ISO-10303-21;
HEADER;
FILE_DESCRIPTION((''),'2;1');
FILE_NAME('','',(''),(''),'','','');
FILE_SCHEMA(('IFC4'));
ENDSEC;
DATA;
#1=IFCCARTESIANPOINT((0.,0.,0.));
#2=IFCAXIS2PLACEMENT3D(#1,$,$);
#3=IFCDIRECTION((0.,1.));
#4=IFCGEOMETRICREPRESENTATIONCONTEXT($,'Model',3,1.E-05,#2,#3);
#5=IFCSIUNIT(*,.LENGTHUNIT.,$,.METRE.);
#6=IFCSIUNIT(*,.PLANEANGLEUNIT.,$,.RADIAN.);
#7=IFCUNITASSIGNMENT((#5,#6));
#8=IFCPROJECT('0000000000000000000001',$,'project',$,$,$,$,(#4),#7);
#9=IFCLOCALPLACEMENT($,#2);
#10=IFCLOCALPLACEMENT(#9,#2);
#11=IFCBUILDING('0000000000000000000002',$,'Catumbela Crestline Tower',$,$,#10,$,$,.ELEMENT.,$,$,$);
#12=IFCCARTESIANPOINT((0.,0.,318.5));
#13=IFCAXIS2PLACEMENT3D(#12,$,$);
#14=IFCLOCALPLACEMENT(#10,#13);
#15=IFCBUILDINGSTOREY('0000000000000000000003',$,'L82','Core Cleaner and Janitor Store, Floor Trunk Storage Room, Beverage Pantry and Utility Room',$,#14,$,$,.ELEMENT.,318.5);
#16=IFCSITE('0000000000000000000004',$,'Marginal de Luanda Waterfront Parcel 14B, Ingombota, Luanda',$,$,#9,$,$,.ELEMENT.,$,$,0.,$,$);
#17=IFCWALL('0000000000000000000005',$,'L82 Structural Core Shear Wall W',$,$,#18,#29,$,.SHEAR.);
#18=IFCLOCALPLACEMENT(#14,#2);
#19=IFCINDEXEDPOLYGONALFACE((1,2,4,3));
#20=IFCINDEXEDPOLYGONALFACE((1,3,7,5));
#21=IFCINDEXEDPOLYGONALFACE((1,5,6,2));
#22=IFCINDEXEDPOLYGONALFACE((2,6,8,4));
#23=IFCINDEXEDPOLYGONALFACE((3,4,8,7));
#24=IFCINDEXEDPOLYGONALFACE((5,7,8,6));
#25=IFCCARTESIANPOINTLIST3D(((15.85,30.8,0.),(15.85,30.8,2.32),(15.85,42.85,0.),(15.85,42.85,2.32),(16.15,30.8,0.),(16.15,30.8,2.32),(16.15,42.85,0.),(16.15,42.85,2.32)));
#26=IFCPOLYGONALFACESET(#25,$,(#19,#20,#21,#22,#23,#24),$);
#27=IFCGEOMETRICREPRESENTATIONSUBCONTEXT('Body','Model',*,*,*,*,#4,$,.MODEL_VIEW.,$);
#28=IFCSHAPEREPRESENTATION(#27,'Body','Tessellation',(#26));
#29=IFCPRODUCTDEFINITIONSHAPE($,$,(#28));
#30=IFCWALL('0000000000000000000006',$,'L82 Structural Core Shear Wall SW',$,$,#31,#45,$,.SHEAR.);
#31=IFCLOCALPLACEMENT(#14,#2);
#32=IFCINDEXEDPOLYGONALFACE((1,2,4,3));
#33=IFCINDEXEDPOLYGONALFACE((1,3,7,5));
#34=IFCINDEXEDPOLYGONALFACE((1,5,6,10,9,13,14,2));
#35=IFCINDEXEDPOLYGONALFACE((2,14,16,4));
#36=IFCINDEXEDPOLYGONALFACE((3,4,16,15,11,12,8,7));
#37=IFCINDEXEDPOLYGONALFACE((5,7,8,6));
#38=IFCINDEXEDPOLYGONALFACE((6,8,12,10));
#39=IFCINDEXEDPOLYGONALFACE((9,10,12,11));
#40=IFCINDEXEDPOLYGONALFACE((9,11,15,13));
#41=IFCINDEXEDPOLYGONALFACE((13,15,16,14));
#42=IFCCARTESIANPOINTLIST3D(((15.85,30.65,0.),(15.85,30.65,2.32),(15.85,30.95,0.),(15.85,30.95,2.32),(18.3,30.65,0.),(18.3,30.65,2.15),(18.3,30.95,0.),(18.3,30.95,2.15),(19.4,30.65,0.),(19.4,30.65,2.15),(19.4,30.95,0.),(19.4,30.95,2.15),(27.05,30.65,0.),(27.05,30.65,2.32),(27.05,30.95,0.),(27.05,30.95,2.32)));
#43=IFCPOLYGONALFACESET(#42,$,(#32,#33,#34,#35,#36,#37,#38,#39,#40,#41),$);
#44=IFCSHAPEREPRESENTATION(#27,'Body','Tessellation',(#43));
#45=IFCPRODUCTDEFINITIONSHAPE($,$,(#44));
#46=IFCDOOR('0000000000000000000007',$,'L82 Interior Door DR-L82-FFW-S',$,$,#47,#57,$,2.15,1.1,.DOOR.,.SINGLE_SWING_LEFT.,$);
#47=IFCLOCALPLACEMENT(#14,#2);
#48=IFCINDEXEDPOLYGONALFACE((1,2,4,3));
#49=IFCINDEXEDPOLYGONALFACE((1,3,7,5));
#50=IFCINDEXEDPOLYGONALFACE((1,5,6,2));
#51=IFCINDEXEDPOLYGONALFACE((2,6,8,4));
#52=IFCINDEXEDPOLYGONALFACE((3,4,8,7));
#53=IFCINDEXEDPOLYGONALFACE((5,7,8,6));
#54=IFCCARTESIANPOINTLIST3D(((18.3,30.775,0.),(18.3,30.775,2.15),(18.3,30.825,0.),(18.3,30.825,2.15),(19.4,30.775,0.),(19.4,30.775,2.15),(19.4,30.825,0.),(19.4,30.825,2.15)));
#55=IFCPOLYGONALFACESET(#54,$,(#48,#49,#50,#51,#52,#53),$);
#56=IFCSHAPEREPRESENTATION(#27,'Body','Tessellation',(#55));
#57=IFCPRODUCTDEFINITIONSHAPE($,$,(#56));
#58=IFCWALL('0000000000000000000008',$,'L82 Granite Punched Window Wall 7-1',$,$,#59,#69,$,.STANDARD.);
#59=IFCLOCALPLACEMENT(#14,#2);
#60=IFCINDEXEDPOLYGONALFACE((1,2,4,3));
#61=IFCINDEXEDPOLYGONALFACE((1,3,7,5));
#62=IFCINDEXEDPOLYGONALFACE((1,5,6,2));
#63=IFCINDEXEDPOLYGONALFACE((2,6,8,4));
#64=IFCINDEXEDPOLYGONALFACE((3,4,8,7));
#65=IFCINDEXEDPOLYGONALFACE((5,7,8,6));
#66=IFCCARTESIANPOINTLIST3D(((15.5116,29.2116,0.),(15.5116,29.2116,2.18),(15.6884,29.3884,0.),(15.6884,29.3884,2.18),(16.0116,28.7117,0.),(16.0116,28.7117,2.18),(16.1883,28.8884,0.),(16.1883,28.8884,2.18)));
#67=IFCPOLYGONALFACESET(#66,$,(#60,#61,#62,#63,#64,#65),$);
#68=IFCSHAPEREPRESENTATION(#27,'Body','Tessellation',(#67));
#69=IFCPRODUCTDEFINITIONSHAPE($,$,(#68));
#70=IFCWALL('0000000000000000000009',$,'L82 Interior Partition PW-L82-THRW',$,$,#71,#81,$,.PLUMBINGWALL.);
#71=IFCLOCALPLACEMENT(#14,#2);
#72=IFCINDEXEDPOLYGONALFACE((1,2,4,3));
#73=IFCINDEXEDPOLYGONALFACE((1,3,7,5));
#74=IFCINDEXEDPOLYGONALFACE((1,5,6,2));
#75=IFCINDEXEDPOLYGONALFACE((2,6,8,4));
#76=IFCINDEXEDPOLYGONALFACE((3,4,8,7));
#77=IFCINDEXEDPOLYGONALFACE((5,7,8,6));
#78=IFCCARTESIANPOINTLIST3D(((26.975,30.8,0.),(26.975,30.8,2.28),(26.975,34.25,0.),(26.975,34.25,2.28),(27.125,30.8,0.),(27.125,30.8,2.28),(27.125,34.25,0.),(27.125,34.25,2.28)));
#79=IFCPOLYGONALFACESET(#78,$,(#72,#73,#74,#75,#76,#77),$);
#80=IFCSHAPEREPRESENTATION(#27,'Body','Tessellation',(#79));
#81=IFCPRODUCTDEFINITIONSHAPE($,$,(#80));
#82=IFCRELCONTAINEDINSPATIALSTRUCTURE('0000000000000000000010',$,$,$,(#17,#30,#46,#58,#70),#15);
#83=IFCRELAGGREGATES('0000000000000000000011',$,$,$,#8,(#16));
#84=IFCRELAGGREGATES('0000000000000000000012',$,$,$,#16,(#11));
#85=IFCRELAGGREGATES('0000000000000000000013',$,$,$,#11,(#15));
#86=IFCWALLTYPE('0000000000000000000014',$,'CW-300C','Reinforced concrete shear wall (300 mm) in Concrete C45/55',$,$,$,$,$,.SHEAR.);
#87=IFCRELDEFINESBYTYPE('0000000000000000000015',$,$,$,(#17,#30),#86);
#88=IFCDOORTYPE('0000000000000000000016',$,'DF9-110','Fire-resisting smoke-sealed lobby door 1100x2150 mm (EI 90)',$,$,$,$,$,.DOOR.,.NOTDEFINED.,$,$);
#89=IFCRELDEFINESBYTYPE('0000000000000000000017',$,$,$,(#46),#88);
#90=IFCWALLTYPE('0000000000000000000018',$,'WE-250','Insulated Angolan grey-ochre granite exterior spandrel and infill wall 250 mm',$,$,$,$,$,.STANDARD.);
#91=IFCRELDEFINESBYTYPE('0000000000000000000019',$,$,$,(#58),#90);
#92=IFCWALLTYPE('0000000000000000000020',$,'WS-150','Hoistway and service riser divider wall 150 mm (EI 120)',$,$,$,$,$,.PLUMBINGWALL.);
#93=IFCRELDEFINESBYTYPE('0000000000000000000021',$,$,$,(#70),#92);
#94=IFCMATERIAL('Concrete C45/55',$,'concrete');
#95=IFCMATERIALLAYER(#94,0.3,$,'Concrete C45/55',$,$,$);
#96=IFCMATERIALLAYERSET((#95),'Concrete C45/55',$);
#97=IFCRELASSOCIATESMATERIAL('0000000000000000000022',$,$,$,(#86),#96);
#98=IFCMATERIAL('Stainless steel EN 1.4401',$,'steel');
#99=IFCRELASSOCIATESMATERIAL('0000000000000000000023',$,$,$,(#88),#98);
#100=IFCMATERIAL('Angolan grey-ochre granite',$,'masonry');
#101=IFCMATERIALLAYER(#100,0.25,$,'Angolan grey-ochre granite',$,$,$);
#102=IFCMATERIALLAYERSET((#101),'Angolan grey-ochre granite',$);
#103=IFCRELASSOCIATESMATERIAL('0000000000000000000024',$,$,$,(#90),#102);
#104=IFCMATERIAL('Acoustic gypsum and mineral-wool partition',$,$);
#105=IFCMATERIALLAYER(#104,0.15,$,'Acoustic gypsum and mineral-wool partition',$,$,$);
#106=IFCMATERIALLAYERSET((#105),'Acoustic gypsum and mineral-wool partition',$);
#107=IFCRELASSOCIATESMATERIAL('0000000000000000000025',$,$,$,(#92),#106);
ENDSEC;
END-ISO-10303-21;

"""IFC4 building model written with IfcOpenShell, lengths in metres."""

from ifc_helpers import new_model, si_unit, direction, frame, frame_2d, origin, place, context, subcontext, project, spatial, rectangle, extrude, material, layer, layer_set, type_object, element, fill, save


model = new_model("IFC4")

# Units and contexts
model_context = context("Model", 3, precision=1e-05, world=origin(), true_north=direction((0.0, 1.0)))
body_context = subcontext(model_context, "Body", "Model", "MODEL_VIEW")
ifc_project = project(units=[si_unit("LENGTHUNIT", "METRE"), si_unit("PLANEANGLEUNIT", "RADIAN")], contexts=[model_context])

# Site, building, storey
site_placement = place(None, origin())
site = spatial("IfcSite", under=ifc_project, at=site_placement, Name="Marginal de Luanda Waterfront Parcel 14B, Ingombota, Luanda", CompositionType="ELEMENT", RefElevation=0.0)
building_placement = place(site_placement, origin())
building = spatial("IfcBuilding", under=site, at=building_placement, Name="Catumbela Crestline Tower", CompositionType="ELEMENT")
storey_placement = place(building_placement, frame((0.0, 0.0, 318.5)))
storey = spatial("IfcBuildingStorey", under=building, at=storey_placement, Name="L82", Description="Core Cleaner and Janitor Store, Floor Trunk Storage Room, Beverage Pantry and Utility Room", CompositionType="ELEMENT", Elevation=318.5)

# Shared definitions
ifc_material_1 = material(Name="Concrete C45/55", Category="concrete")

# Shared definitions
ifc_material_2 = material(Name="Stainless steel EN 1.4401", Category="steel")

# Wall
ifc_layer_1 = layer(ifc_material_1, 0.3, Name="Concrete C45/55")
ifc_layer_set_1 = layer_set([ifc_layer_1], Name="Concrete C45/55")
wall_type_1 = type_object("IfcWallType", Name="CW-300C", Description="Reinforced concrete shear wall (300 mm) in Concrete C45/55", PredefinedType="SHEAR", material=ifc_layer_set_1)
wall_1_placement = place(storey_placement, frame((16.0, 30.8, 0.0), z_axis=(0.0, 0.0, 1.0), x_axis=(0.0, 1.0, 0.0)))
element("IfcWall", 1, at=wall_1_placement, inside=storey, type_object=wall_type_1, Name="L82 Structural Core Shear Wall W", PredefinedType="SHEAR", context=body_context, shape_type="SweptSolid", body=[
    extrude(rectangle(XDim=12.05, YDim=0.3, at=frame_2d((6.025, 0.0))), origin(), (0.0, 0.0, 1.0), 2.32),
])

# Wall, opening, door
wall_2_placement = place(storey_placement, frame((15.85, 30.8, 0.0), z_axis=(0.0, 0.0, 1.0), x_axis=(1.0, 0.0, 0.0)))
wall_2 = element("IfcWall", 2, at=wall_2_placement, inside=storey, type_object=wall_type_1, Name="L82 Structural Core Shear Wall SW", PredefinedType="SHEAR", context=body_context, shape_type="SweptSolid", body=[
    extrude(rectangle(XDim=11.2, YDim=0.3, at=frame_2d((5.6, 0.0))), origin(), (0.0, 0.0, 1.0), 2.32),
])
opening_1_placement = place(wall_2_placement, frame((2.45, 0.0, 0.0)))
opening_1 = element("IfcOpeningElement", 3, at=opening_1_placement, cuts=wall_2, PredefinedType="OPENING", context=body_context, shape_type="SweptSolid", body=[
    extrude(rectangle(XDim=1.1, YDim=2.15, at=frame_2d((0.55, 1.075))), frame((0.0, 0.16, 0.0), z_axis=(0.0, -1.0, 0.0), x_axis=(1.0, 0.0, 0.0)), (0.0, 0.0, 1.0), 0.32),
])
door_type_1 = type_object("IfcDoorType", Name="DF9-110", Description="Fire-resisting smoke-sealed lobby door 1100x2150 mm (EI 90)", OperationType="NOTDEFINED", PredefinedType="DOOR", material=ifc_material_2)
door_1_placement = place(opening_1_placement, origin())
door_1 = element("IfcDoor", 4, at=door_1_placement, inside=storey, type_object=door_type_1, Name="L82 Interior Door DR-L82-FFW-S", OperationType="SINGLE_SWING_LEFT", OverallHeight=2.15, OverallWidth=1.1, PredefinedType="DOOR", context=body_context, shape_type="SweptSolid", body=[
    extrude(rectangle(XDim=1.1, YDim=2.15, at=frame_2d((0.55, 1.075))), frame((0.0, 0.025, 0.0), z_axis=(0.0, -1.0, 0.0), x_axis=(1.0, 0.0, 0.0)), (0.0, 0.0, 1.0), 0.05),
])
fill(opening_1, door_1)

# Walls
ifc_material_3 = material(Name="Angolan grey-ochre granite", Category="masonry")
ifc_layer_2 = layer(ifc_material_3, 0.25, Name="Angolan grey-ochre granite")
ifc_layer_set_2 = layer_set([ifc_layer_2], Name="Angolan grey-ochre granite")
wall_type_2 = type_object("IfcWallType", Name="WE-250", Description="Insulated Angolan grey-ochre granite exterior spandrel and infill wall 250 mm", PredefinedType="STANDARD", material=ifc_layer_set_2)
wall_3_placement = place(storey_placement, frame((15.6, 29.3, 0.0), z_axis=(0.0, 0.0, 1.0), x_axis=(0.707107, -0.707107, 0.0)))
element("IfcWall", 5, at=wall_3_placement, inside=storey, type_object=wall_type_2, Name="L82 Granite Punched Window Wall 7-1", PredefinedType="STANDARD", context=body_context, shape_type="SweptSolid", body=[
    extrude(rectangle(XDim=0.7071, YDim=0.25, at=frame_2d((0.3535, 0.0))), origin(), (0.0, 0.0, 1.0), 2.18),
])
ifc_material_4 = material(Name="Acoustic gypsum and mineral-wool partition")
ifc_layer_3 = layer(ifc_material_4, 0.15, Name="Acoustic gypsum and mineral-wool partition")
ifc_layer_set_3 = layer_set([ifc_layer_3], Name="Acoustic gypsum and mineral-wool partition")
wall_type_3 = type_object("IfcWallType", Name="WS-150", Description="Hoistway and service riser divider wall 150 mm (EI 120)", PredefinedType="PLUMBINGWALL", material=ifc_layer_set_3)
wall_4_placement = place(storey_placement, frame((27.05, 30.8, 0.0), z_axis=(0.0, 0.0, 1.0), x_axis=(0.0, 1.0, 0.0)))
element("IfcWall", 6, at=wall_4_placement, inside=storey, type_object=wall_type_3, Name="L82 Interior Partition PW-L82-THRW", PredefinedType="PLUMBINGWALL", context=body_context, shape_type="SweptSolid", body=[
    extrude(rectangle(XDim=3.45, YDim=0.15, at=frame_2d((1.725, 0.0))), origin(), (0.0, 0.0, 1.0), 2.28),
])

save(model, "model.ifc")
